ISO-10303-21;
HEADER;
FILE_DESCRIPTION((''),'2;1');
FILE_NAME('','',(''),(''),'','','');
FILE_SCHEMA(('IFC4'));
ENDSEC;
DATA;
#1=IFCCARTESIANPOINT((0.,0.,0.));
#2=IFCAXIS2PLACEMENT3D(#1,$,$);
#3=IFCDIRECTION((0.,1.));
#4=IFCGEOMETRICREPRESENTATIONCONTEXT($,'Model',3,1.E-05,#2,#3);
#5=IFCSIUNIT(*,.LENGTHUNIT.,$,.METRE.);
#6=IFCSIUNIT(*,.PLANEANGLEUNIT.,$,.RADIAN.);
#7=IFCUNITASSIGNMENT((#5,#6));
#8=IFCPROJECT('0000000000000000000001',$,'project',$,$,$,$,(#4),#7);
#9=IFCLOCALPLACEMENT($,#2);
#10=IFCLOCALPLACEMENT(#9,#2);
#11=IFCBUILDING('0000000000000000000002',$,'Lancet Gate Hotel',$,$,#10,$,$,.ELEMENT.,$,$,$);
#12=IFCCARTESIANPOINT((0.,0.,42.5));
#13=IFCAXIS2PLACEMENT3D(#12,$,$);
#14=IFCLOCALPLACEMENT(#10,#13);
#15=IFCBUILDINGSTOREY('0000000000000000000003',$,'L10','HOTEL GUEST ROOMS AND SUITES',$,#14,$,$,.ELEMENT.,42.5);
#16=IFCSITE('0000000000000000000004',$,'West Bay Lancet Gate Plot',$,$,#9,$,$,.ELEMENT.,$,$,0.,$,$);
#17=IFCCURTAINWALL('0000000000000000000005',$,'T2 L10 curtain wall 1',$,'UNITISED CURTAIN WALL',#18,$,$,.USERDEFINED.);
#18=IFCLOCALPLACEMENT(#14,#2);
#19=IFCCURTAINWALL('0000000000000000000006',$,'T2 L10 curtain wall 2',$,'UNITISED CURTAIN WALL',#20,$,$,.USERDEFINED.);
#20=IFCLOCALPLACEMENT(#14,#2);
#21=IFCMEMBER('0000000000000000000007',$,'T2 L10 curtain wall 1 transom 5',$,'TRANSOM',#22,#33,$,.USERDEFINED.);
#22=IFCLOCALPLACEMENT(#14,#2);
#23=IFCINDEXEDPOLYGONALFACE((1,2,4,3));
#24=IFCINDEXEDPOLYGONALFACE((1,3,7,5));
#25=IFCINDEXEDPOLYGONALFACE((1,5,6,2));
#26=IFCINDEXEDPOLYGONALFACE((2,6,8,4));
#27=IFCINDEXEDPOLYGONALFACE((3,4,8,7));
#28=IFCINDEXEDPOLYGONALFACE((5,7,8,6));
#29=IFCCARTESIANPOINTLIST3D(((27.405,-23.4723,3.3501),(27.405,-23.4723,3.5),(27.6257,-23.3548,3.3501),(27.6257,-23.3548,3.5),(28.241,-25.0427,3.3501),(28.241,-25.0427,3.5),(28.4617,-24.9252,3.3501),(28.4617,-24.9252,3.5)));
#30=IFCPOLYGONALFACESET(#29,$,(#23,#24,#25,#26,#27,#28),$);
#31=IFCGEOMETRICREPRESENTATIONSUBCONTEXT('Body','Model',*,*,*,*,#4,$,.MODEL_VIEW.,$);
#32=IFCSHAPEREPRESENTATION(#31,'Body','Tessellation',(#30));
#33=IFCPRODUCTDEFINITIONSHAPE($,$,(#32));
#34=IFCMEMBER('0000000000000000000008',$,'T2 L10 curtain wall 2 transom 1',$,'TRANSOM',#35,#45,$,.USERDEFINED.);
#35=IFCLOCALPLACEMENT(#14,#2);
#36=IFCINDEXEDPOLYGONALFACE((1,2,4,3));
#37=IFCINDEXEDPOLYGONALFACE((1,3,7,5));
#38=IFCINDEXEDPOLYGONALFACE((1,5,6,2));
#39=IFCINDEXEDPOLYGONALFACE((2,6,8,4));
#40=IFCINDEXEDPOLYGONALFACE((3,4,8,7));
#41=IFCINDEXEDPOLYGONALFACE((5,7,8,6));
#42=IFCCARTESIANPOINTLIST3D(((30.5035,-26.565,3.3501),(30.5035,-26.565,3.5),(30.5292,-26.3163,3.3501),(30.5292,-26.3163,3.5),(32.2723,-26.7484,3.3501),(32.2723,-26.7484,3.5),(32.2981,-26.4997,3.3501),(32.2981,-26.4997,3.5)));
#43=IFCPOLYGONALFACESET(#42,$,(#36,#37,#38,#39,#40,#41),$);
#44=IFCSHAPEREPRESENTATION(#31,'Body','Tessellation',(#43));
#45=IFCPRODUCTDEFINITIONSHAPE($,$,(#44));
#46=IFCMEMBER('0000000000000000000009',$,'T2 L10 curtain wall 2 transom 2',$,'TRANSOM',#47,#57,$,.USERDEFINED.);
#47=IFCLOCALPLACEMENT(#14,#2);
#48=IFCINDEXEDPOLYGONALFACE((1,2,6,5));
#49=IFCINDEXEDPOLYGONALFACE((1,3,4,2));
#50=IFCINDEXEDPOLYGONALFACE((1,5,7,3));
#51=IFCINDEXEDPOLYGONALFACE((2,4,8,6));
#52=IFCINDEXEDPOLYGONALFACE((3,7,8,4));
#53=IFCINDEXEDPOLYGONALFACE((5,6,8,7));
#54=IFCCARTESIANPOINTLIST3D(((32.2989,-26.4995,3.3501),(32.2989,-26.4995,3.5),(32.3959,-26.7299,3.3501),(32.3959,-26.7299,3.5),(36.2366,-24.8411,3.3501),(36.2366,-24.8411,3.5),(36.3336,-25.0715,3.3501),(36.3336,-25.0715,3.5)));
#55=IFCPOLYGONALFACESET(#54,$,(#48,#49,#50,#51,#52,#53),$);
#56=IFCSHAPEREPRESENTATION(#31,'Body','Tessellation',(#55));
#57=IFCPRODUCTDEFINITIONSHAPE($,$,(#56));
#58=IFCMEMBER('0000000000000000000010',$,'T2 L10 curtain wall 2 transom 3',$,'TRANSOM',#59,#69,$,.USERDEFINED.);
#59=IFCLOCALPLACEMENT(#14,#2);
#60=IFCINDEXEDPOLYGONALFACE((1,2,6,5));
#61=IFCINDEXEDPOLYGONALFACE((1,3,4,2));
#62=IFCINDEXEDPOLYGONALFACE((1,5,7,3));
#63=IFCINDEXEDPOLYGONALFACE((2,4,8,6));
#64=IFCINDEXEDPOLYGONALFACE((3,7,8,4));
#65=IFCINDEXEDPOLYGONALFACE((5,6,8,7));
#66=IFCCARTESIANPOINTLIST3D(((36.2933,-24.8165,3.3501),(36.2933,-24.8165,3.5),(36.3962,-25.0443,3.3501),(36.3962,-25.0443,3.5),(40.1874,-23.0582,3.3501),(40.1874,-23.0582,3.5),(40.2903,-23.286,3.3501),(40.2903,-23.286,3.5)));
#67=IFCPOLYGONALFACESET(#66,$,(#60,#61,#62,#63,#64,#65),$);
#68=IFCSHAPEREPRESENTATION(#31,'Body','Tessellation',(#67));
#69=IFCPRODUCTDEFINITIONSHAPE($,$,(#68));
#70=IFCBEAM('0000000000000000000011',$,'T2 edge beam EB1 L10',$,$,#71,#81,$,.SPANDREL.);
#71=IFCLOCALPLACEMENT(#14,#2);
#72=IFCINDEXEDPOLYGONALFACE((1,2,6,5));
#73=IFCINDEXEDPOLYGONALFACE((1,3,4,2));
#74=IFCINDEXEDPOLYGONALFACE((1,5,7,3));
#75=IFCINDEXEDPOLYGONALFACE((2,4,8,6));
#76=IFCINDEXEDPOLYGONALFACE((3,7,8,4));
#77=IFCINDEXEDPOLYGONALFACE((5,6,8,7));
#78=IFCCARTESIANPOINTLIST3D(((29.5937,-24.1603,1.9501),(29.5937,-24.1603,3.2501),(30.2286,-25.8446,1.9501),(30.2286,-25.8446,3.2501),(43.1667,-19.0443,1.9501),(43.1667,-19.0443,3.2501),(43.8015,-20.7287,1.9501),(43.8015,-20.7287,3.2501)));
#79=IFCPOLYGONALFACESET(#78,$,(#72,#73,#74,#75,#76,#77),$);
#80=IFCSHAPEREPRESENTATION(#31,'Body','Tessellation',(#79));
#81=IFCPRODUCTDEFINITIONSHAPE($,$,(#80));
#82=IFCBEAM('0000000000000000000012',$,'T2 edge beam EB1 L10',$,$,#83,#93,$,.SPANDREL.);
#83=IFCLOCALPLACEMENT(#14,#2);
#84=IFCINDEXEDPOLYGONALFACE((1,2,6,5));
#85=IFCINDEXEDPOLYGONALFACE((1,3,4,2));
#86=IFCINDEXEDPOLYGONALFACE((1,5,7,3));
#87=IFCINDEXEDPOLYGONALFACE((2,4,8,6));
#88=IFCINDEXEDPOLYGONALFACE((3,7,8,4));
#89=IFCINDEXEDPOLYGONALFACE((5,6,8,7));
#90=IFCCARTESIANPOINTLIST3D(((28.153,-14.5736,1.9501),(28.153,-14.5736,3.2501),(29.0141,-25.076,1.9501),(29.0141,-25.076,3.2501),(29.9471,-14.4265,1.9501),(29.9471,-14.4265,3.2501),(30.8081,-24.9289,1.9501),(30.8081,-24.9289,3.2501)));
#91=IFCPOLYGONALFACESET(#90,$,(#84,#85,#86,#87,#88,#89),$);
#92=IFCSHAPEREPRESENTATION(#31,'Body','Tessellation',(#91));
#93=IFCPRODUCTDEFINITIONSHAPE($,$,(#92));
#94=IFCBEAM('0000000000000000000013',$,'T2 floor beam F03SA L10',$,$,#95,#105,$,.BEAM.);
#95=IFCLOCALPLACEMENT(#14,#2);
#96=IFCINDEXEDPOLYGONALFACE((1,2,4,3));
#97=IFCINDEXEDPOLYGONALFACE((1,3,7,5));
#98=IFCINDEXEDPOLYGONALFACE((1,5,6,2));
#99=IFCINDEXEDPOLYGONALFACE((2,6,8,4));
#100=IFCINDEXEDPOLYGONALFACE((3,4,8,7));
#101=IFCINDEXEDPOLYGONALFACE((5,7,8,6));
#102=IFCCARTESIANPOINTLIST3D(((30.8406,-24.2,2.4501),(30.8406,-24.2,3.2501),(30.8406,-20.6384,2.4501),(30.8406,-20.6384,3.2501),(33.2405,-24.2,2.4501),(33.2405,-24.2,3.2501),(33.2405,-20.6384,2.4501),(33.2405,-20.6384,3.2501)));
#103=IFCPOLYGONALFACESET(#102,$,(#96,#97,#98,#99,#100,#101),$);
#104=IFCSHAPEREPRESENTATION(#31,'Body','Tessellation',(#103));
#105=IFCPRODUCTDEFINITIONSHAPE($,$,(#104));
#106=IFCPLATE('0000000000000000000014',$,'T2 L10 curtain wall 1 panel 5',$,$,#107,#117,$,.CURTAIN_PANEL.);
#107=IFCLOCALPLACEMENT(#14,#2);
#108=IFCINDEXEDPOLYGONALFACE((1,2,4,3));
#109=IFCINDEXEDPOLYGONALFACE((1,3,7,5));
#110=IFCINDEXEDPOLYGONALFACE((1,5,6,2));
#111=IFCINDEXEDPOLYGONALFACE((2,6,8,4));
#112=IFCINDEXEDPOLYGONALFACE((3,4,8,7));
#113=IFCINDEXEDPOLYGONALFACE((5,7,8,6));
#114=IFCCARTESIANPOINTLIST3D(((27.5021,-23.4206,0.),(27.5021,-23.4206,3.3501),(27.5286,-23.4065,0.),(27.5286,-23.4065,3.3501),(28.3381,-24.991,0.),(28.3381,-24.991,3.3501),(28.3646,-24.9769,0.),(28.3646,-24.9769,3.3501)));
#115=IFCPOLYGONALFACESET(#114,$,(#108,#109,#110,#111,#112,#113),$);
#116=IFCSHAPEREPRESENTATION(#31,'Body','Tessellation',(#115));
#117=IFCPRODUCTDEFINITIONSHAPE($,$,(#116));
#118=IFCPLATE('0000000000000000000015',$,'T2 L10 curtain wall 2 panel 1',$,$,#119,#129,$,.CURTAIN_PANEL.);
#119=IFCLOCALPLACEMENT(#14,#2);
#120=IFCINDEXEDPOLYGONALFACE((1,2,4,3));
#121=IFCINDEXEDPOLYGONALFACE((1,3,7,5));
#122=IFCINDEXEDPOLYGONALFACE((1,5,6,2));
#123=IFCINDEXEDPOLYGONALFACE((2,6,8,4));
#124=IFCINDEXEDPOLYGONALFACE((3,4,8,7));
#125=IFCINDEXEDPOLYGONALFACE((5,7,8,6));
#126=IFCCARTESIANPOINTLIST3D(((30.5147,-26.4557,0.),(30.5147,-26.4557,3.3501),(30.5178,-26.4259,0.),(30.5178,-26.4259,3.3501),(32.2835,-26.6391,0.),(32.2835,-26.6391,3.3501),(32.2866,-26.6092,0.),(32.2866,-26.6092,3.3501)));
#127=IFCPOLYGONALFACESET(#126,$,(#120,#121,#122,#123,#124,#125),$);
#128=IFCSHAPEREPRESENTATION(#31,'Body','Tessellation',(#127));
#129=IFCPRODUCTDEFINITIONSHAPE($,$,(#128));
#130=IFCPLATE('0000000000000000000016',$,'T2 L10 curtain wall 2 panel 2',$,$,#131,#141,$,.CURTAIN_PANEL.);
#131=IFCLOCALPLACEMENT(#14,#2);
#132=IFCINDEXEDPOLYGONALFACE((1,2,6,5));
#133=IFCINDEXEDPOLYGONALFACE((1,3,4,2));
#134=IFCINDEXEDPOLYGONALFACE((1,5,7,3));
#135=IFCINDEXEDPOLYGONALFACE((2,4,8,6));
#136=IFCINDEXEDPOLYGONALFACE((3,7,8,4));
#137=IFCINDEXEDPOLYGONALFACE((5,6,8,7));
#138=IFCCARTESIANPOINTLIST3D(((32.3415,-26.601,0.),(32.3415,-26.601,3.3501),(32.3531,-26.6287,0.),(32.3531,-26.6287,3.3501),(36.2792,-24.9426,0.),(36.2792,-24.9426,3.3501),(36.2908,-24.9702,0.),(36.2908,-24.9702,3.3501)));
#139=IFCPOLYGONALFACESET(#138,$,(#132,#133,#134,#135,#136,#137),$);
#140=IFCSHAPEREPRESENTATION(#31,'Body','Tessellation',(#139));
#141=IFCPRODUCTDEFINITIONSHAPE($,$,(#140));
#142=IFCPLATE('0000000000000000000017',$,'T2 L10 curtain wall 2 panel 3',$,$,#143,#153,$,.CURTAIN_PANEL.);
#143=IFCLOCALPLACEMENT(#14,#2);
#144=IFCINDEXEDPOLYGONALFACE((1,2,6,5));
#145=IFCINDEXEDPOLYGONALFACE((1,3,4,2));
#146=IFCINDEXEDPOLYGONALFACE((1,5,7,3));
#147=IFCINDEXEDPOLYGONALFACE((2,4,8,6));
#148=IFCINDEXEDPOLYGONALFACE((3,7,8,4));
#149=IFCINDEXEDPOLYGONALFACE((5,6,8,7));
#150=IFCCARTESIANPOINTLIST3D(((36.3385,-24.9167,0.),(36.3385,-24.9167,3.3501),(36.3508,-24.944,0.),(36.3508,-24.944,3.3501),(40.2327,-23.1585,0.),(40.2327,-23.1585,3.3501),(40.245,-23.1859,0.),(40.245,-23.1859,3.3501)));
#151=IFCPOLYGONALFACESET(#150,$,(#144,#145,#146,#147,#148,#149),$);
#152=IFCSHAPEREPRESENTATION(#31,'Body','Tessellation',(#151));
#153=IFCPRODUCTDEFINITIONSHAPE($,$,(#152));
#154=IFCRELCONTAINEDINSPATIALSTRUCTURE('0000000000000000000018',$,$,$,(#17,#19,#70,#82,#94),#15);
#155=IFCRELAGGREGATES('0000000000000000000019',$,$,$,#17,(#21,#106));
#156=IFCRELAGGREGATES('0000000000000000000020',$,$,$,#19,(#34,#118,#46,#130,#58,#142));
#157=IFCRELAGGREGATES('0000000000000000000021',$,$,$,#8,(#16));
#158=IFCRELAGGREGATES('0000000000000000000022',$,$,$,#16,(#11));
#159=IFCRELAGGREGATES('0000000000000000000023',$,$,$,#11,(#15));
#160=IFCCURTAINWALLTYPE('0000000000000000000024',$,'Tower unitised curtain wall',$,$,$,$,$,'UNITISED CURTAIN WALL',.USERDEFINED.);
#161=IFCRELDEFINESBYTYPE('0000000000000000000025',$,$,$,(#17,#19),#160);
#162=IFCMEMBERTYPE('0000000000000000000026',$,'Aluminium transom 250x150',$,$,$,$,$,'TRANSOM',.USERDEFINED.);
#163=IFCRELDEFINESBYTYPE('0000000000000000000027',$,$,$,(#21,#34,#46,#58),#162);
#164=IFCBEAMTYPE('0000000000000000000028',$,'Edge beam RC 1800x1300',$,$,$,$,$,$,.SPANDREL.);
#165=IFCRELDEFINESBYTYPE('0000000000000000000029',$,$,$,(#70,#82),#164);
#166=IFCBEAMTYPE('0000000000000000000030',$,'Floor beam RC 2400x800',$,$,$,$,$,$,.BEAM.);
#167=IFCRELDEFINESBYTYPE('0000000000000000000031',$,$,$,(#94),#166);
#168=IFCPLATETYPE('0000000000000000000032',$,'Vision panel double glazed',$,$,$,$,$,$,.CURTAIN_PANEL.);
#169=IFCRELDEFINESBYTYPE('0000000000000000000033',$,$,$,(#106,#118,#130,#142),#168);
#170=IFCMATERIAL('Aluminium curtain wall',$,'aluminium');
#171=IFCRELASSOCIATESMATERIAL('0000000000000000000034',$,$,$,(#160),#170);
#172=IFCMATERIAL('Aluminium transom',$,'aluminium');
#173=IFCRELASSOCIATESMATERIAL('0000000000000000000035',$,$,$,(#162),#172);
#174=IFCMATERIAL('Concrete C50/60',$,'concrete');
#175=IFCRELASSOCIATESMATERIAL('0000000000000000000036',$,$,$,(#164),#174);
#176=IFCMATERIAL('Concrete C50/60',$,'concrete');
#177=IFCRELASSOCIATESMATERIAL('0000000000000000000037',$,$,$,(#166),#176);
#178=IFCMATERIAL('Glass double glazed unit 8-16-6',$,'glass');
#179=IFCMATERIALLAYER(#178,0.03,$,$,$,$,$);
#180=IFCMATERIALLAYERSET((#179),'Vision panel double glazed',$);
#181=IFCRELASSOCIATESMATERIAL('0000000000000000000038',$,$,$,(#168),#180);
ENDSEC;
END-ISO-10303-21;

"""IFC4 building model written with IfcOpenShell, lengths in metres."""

from ifc_helpers import new_model, si_unit, direction, frame, origin, origin_2d, place, context, subcontext, project, spatial, rectangle, extrude, material, layer, layer_set, material_profile, profile_set, type_object, element, aggregate, save


model = new_model("IFC4")

# Units and contexts
model_context = context("Model", 3, precision=1e-05, world=origin(), true_north=direction((0.0, 1.0)))
body_context = subcontext(model_context, "Body", "Model", "MODEL_VIEW")
ifc_project = project(units=[si_unit("LENGTHUNIT", "METRE"), si_unit("PLANEANGLEUNIT", "RADIAN")], contexts=[model_context])

# Site, building, storey
site_placement = place(None, origin())
site = spatial("IfcSite", under=ifc_project, at=site_placement, Name="West Bay Lancet Gate Plot", CompositionType="ELEMENT", RefElevation=0.0)
building_placement = place(site_placement, origin())
building = spatial("IfcBuilding", under=site, at=building_placement, Name="Lancet Gate Hotel", CompositionType="ELEMENT")
storey_placement = place(building_placement, frame((0.0, 0.0, 42.5)))
storey = spatial("IfcBuildingStorey", under=building, at=storey_placement, Name="L10", Description="HOTEL GUEST ROOMS AND SUITES", CompositionType="ELEMENT", Elevation=42.5)

# Curtain walls
ifc_material_1 = material(Name="Aluminium curtain wall", Category="aluminium")
curtain_wall_type = type_object("IfcCurtainWallType", Name="Tower unitised curtain wall", ElementType="UNITISED CURTAIN WALL", PredefinedType="USERDEFINED", material=ifc_material_1)
curtain_wall_1_placement = place(storey_placement, origin())
curtain_wall_1 = element("IfcCurtainWall", 1, at=curtain_wall_1_placement, inside=storey, type_object=curtain_wall_type, Name="T2 L10 curtain wall 1", ObjectType="UNITISED CURTAIN WALL", PredefinedType="USERDEFINED")
curtain_wall_2_placement = place(storey_placement, origin())
curtain_wall_2 = element("IfcCurtainWall", 2, at=curtain_wall_2_placement, inside=storey, type_object=curtain_wall_type, Name="T2 L10 curtain wall 2", ObjectType="UNITISED CURTAIN WALL", PredefinedType="USERDEFINED")

# Members
ifc_material_2 = material(Name="Aluminium transom", Category="aluminium")
ifc_material_profile_1 = material_profile(ifc_material_2, rectangle(XDim=0.25, YDim=0.1499, at=origin_2d()), Name="TRANSOM 250x150")
ifc_profile_set_1 = profile_set([ifc_material_profile_1], Name="Aluminium transom")
member_type_1 = type_object("IfcMemberType", Name="Aluminium transom 250x150", ElementType="TRANSOM", PredefinedType="USERDEFINED", material=ifc_profile_set_1)
member_1_placement = place(storey_placement, frame((27.5154, -23.4136, 3.425), z_axis=(0.469904, -0.882717, 0.0), x_axis=(0.882717, 0.469904, 0.0)))
member_1 = element("IfcMember", 3, at=member_1_placement, type_object=member_type_1, Name="T2 L10 curtain wall 1 transom 5", ObjectType="TRANSOM", PredefinedType="USERDEFINED", context=body_context, shape_type="SweptSolid", body=[
    extrude(rectangle(XDim=0.25, YDim=0.1499, at=origin_2d()), origin(), (0.0, 0.0, 1.0), 1.7791),
])
member_2_placement = place(storey_placement, frame((30.5164, -26.4407, 3.425), z_axis=(0.99467, -0.103105, 0.0), x_axis=(0.103105, 0.99467, 0.0)))
member_2 = element("IfcMember", 4, at=member_2_placement, type_object=member_type_1, Name="T2 L10 curtain wall 2 transom 1", ObjectType="TRANSOM", PredefinedType="USERDEFINED", context=body_context, shape_type="SweptSolid", body=[
    extrude(rectangle(XDim=0.25, YDim=0.1499, at=origin_2d()), origin(), (0.0, 0.0, 1.0), 1.7783),
])
member_3_placement = place(storey_placement, frame((32.3474, -26.6147, 3.425), z_axis=(0.921598, 0.388146, 0.0), x_axis=(-0.388146, 0.921598, 0.0)))
member_3 = element("IfcMember", 5, at=member_3_placement, type_object=member_type_1, Name="T2 L10 curtain wall 2 transom 2", ObjectType="TRANSOM", PredefinedType="USERDEFINED", context=body_context, shape_type="SweptSolid", body=[
    extrude(rectangle(XDim=0.25, YDim=0.1499, at=origin_2d()), origin(), (0.0, 0.0, 1.0), 4.2727),
])
member_4_placement = place(storey_placement, frame((36.3447, -24.9304, 3.425), z_axis=(0.911397, 0.411529, 0.0), x_axis=(-0.411529, 0.911397, 0.0)))
member_4 = element("IfcMember", 6, at=member_4_placement, type_object=member_type_1, Name="T2 L10 curtain wall 2 transom 3", ObjectType="TRANSOM", PredefinedType="USERDEFINED", context=body_context, shape_type="SweptSolid", body=[
    extrude(rectangle(XDim=0.25, YDim=0.1499, at=origin_2d()), origin(), (0.0, 0.0, 1.0), 4.2727),
])

# Beams
ifc_material_3 = material(Name="Concrete C50/60", Category="concrete")
ifc_material_profile_2 = material_profile(ifc_material_3, rectangle(XDim=1.8, YDim=1.3, at=origin_2d()), Name="RC 1800x1300")
ifc_profile_set_2 = profile_set([ifc_material_profile_2], Name="Concrete C50/60")
beam_type_1 = type_object("IfcBeamType", Name="Edge beam RC 1800x1300", PredefinedType="SPANDREL", material=ifc_profile_set_2)
beam_1_placement = place(storey_placement, frame((29.9111, -25.0024, 2.6001), z_axis=(0.935736, 0.3527, 0.0), x_axis=(-0.3527, 0.935736, 0.0)))
element("IfcBeam", 7, at=beam_1_placement, inside=storey, type_object=beam_type_1, Name="T2 edge beam EB1 L10", PredefinedType="SPANDREL", context=body_context, shape_type="SweptSolid", body=[
    extrude(rectangle(XDim=1.8, YDim=1.3, at=origin_2d()), origin(), (0.0, 0.0, 1.0), 14.5051),
])
beam_2_placement = place(storey_placement, frame((29.9111, -25.0024, 2.6001), z_axis=(-0.081715, 0.996656, 0.0), x_axis=(-0.996656, -0.081715, 0.0)))
element("IfcBeam", 8, at=beam_2_placement, inside=storey, type_object=beam_type_1, Name="T2 edge beam EB1 L10", PredefinedType="SPANDREL", context=body_context, shape_type="SweptSolid", body=[
    extrude(rectangle(XDim=1.8, YDim=1.3, at=origin_2d()), origin(), (0.0, 0.0, 1.0), 10.5376),
])
ifc_material_4 = material(Name="Concrete C50/60", Category="concrete")
ifc_material_profile_3 = material_profile(ifc_material_4, rectangle(XDim=2.3999, YDim=0.8, at=origin_2d()), Name="RC 2400x800")
ifc_profile_set_3 = profile_set([ifc_material_profile_3], Name="Concrete C50/60")
beam_type_2 = type_object("IfcBeamType", Name="Floor beam RC 2400x800", PredefinedType="BEAM", material=ifc_profile_set_3)
beam_3_placement = place(storey_placement, frame((32.0405, -24.2, 2.8501), z_axis=(0.0, 1.0, 0.0), x_axis=(-1.0, 0.0, 0.0)))
element("IfcBeam", 9, at=beam_3_placement, inside=storey, type_object=beam_type_2, Name="T2 floor beam F03SA L10", PredefinedType="BEAM", context=body_context, shape_type="SweptSolid", body=[
    extrude(rectangle(XDim=2.3999, YDim=0.8, at=origin_2d()), origin(), (0.0, 0.0, 1.0), 3.5615),
])

# Plates
ifc_material_5 = material(Name="Glass double glazed unit 8-16-6", Category="glass")
ifc_layer = layer(ifc_material_5, 0.03)
ifc_layer_set = layer_set([ifc_layer], Name="Vision panel double glazed")
plate_type = type_object("IfcPlateType", Name="Vision panel double glazed", PredefinedType="CURTAIN_PANEL", material=ifc_layer_set)
plate_1_placement = place(storey_placement, frame((27.9333, -24.1987, 0.0), z_axis=(0.0, 0.0, 1.0), x_axis=(0.469898, -0.882721, 0.0)))
plate_1 = element("IfcPlate", 10, at=plate_1_placement, type_object=plate_type, Name="T2 L10 curtain wall 1 panel 5", PredefinedType="CURTAIN_PANEL", context=body_context, shape_type="SweptSolid", body=[
    extrude(rectangle(XDim=1.7791, YDim=0.03, at=origin_2d()), origin(), (0.0, 0.0, 1.0), 3.3501),
])
aggregate(curtain_wall_1, [member_1, plate_1])
plate_2_placement = place(storey_placement, frame((31.4006, -26.5325, 0.0), z_axis=(0.0, 0.0, 1.0), x_axis=(0.994672, -0.103088, 0.0)))
plate_2 = element("IfcPlate", 11, at=plate_2_placement, type_object=plate_type, Name="T2 L10 curtain wall 2 panel 1", PredefinedType="CURTAIN_PANEL", context=body_context, shape_type="SweptSolid", body=[
    extrude(rectangle(XDim=1.7783, YDim=0.03, at=origin_2d()), origin(), (0.0, 0.0, 1.0), 3.3501),
])
plate_3_placement = place(storey_placement, frame((34.3162, -25.7856, 0.0), z_axis=(0.0, 0.0, 1.0), x_axis=(0.921593, 0.388157, 0.0)))
plate_3 = element("IfcPlate", 12, at=plate_3_placement, type_object=plate_type, Name="T2 L10 curtain wall 2 panel 2", PredefinedType="CURTAIN_PANEL", context=body_context, shape_type="SweptSolid", body=[
    extrude(rectangle(XDim=4.2727, YDim=0.03, at=origin_2d()), origin(), (0.0, 0.0, 1.0), 3.3501),
])
plate_4_placement = place(storey_placement, frame((38.2917, -24.0513, 0.0), z_axis=(0.0, 0.0, 1.0), x_axis=(0.911416, 0.411487, 0.0)))
plate_4 = element("IfcPlate", 13, at=plate_4_placement, type_object=plate_type, Name="T2 L10 curtain wall 2 panel 3", PredefinedType="CURTAIN_PANEL", context=body_context, shape_type="SweptSolid", body=[
    extrude(rectangle(XDim=4.2727, YDim=0.03, at=origin_2d()), origin(), (0.0, 0.0, 1.0), 3.3501),
])
aggregate(curtain_wall_2, [member_2, plate_2, member_3, plate_3, member_4, plate_4])

save(model, "model.ifc")
